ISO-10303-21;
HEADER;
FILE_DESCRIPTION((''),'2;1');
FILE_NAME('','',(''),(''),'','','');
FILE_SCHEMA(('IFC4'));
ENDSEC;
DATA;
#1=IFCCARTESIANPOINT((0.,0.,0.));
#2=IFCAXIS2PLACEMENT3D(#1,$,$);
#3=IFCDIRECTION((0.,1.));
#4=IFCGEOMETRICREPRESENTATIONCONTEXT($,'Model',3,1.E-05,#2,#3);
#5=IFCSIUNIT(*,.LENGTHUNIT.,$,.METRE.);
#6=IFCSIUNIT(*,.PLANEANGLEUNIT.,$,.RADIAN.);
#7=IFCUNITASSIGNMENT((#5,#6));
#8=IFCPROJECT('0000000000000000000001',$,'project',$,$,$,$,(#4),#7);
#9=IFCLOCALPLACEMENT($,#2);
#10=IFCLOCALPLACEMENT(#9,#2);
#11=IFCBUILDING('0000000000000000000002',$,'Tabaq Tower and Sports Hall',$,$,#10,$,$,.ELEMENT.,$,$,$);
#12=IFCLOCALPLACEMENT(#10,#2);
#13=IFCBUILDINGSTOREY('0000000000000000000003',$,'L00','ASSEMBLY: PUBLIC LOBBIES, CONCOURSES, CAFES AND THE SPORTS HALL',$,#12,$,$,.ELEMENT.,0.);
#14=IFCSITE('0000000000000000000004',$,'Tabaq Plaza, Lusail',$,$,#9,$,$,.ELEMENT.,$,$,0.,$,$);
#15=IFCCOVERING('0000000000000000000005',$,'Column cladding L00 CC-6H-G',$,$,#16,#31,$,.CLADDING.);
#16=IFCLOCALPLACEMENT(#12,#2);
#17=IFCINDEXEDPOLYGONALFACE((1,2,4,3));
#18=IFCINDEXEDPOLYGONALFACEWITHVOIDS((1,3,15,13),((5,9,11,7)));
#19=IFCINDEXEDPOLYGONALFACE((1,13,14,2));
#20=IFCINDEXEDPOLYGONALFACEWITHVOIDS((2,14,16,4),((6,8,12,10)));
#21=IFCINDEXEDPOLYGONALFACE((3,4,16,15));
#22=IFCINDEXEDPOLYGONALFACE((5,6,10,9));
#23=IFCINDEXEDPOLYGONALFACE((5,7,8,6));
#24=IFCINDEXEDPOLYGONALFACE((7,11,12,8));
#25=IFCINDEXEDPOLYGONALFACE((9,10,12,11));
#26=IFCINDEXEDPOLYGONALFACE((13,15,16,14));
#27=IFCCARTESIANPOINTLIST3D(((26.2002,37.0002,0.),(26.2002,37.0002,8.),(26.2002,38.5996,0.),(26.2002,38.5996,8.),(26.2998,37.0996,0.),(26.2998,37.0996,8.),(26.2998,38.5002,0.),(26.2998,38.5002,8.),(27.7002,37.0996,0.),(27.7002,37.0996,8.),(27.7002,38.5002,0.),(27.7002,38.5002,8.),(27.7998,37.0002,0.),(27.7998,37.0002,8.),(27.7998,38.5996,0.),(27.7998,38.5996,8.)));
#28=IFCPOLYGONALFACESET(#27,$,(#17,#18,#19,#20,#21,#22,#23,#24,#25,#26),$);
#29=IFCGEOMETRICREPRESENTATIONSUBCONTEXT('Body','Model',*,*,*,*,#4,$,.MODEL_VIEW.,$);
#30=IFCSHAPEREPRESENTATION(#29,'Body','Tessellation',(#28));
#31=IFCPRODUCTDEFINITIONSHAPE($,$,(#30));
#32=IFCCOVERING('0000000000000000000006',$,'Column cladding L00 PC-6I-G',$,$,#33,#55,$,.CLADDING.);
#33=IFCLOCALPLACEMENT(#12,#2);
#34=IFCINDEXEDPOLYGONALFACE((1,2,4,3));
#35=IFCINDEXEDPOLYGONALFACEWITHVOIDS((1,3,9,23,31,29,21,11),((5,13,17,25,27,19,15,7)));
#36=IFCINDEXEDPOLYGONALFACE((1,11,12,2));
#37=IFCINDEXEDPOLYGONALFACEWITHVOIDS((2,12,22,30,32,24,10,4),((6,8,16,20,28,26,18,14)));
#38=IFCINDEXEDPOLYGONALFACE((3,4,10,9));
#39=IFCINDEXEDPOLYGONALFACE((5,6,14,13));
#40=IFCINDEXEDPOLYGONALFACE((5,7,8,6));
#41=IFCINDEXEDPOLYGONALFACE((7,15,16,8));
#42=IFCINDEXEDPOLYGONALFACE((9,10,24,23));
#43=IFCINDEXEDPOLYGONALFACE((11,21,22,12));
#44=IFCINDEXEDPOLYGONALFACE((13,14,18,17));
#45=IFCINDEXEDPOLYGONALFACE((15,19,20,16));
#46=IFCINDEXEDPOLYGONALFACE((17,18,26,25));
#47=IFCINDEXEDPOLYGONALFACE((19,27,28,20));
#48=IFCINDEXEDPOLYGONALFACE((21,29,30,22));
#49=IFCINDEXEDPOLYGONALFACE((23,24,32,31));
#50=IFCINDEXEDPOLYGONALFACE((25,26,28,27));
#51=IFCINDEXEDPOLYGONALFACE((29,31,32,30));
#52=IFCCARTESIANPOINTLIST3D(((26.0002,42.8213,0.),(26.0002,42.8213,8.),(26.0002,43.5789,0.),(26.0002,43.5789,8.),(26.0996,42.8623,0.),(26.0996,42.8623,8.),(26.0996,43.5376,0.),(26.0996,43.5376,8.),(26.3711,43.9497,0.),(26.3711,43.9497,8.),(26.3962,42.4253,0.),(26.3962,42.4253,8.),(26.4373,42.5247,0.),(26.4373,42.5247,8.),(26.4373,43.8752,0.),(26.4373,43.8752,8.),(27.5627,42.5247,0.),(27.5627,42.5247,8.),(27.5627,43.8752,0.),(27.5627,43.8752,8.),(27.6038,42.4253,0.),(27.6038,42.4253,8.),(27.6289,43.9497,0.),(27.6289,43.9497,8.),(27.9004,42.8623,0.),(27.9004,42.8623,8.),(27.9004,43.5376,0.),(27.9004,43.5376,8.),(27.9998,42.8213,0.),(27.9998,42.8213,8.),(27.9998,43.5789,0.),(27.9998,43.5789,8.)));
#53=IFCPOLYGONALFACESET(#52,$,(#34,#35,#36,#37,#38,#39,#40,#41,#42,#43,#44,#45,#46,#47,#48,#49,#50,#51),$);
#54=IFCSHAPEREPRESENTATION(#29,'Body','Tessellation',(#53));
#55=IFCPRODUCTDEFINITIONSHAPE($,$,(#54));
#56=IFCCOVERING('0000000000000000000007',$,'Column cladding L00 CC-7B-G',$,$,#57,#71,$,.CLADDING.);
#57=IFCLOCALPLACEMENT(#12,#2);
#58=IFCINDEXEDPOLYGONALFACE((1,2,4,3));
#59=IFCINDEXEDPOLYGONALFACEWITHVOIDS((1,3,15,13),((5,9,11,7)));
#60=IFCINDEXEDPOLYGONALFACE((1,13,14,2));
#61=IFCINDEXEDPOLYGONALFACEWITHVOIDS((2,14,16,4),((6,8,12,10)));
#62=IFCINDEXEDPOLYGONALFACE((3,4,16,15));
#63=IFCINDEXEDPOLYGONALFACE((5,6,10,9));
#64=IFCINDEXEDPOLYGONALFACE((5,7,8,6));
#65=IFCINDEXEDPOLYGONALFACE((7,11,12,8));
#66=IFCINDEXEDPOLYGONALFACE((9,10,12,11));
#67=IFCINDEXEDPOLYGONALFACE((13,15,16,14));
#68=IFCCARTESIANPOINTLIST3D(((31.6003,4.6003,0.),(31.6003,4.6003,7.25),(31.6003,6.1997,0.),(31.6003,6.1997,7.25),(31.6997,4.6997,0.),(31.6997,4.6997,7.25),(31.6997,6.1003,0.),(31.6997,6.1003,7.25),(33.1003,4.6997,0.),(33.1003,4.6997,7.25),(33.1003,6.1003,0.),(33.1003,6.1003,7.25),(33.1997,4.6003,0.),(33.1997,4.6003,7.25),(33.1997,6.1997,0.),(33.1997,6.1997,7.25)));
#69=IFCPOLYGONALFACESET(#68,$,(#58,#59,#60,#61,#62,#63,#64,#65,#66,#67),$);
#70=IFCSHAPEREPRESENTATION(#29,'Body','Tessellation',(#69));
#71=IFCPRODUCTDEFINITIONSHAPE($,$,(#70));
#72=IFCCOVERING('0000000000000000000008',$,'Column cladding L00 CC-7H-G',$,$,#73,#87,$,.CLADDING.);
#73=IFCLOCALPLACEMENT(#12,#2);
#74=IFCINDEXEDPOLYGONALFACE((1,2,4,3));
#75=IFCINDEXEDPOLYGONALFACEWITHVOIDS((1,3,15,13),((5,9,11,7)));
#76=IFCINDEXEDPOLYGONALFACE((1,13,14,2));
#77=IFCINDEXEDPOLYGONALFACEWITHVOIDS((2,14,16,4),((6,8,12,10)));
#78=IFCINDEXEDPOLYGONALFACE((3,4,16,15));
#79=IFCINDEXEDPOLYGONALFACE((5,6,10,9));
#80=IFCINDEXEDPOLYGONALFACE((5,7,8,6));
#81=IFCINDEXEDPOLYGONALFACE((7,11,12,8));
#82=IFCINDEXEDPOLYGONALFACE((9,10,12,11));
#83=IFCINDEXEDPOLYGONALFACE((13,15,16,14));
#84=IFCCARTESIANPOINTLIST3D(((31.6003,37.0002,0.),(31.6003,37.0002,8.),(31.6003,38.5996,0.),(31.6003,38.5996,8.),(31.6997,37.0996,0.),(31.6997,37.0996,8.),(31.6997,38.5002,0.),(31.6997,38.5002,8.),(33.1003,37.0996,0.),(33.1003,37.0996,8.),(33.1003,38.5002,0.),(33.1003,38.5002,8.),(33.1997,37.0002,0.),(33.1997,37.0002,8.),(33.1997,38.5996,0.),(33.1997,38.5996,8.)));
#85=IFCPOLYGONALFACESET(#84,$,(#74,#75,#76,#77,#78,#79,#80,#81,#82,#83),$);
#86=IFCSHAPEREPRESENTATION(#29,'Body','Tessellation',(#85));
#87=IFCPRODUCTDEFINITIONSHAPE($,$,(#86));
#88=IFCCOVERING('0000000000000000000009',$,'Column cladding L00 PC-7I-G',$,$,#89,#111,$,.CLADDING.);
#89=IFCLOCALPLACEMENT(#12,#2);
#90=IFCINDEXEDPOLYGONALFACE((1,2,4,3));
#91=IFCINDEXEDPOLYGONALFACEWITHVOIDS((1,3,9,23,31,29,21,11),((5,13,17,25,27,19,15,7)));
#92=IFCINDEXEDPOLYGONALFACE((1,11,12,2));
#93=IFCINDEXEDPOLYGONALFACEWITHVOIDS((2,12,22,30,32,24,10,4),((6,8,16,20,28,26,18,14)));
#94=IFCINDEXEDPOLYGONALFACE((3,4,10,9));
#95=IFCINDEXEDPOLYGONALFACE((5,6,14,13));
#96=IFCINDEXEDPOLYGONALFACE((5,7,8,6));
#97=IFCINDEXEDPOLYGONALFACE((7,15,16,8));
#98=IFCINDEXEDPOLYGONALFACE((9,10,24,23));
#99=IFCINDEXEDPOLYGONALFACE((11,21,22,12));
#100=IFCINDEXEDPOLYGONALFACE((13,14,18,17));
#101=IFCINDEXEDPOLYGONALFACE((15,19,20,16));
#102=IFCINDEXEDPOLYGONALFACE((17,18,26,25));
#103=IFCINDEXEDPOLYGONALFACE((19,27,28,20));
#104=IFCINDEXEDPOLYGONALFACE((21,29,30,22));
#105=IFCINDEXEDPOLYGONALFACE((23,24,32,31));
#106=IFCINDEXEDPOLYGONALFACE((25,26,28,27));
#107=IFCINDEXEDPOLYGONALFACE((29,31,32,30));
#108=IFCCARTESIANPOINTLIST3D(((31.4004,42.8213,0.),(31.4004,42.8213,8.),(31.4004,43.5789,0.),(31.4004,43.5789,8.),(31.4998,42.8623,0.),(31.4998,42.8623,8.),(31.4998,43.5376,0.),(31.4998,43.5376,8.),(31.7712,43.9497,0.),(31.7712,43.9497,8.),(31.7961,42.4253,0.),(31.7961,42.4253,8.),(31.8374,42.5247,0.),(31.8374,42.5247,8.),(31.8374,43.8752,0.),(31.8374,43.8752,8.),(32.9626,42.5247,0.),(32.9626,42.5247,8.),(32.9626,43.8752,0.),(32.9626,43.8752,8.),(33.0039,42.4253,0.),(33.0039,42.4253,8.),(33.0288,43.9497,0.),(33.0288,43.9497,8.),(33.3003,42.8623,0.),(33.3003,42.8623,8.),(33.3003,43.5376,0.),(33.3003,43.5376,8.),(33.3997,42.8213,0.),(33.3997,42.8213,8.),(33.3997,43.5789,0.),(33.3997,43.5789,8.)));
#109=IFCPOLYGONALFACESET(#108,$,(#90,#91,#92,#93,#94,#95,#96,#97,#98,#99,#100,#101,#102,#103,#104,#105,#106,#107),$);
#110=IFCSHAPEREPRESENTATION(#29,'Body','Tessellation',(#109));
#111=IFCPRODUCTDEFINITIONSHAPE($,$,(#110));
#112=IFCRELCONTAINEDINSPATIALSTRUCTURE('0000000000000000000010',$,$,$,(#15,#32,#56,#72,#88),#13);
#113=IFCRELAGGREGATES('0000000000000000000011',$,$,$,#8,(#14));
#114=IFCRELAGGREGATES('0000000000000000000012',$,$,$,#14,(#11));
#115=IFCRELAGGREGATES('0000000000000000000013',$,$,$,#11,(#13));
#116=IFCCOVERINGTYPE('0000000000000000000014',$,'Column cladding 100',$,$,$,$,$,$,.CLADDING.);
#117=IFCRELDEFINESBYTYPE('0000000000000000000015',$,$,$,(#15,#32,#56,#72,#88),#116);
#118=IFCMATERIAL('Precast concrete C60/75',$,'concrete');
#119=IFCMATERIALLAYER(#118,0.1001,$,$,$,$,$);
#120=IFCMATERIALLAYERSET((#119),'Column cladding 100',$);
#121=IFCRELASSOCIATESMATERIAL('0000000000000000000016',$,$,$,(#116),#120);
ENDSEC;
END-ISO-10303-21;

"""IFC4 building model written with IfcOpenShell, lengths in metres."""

from ifc_helpers import new_model, si_unit, direction, origin, place, context, subcontext, project, spatial, polyline, outline, extrude, material, layer, layer_set, type_object, element, save


model = new_model("IFC4")

# Units and contexts
model_context = context("Model", 3, precision=1e-05, world=origin(), true_north=direction((0.0, 1.0)))
body_context = subcontext(model_context, "Body", "Model", "MODEL_VIEW")
ifc_project = project(units=[si_unit("LENGTHUNIT", "METRE"), si_unit("PLANEANGLEUNIT", "RADIAN")], contexts=[model_context])

# Site, building, storey
site_placement = place(None, origin())
site = spatial("IfcSite", under=ifc_project, at=site_placement, Name="Tabaq Plaza, Lusail", CompositionType="ELEMENT", RefElevation=0.0)
building_placement = place(site_placement, origin())
building = spatial("IfcBuilding", under=site, at=building_placement, Name="Tabaq Tower and Sports Hall", CompositionType="ELEMENT")
storey_placement = place(building_placement, origin())
storey = spatial("IfcBuildingStorey", under=building, at=storey_placement, Name="L00", Description="ASSEMBLY: PUBLIC LOBBIES, CONCOURSES, CAFES AND THE SPORTS HALL", CompositionType="ELEMENT", Elevation=0.0)

# Coverings
ifc_material = material(Name="Precast concrete C60/75", Category="concrete")
ifc_layer = layer(ifc_material, 0.1001)
ifc_layer_set = layer_set([ifc_layer], Name="Column cladding 100")
covering_type = type_object("IfcCoveringType", Name="Column cladding 100", PredefinedType="CLADDING", material=ifc_layer_set)
covering_1_placement = place(storey_placement, origin())
element("IfcCovering", 1, at=covering_1_placement, inside=storey, type_object=covering_type, Name="Column cladding L00 CC-6H-G", PredefinedType="CLADDING", context=body_context, shape_type="SweptSolid", body=[
    extrude(outline(polyline([(26.2002, 38.5996), (27.7998, 38.5996), (27.7998, 37.0002), (26.2002, 37.0002), (26.2002, 38.5996)]), holes=[polyline([(27.7002, 37.0996), (27.7002, 38.5002), (26.2998, 38.5002), (26.2998, 37.0996), (27.7002, 37.0996)])]), origin(), (0.0, 0.0, 1.0), 8.0),
])
covering_2_placement = place(storey_placement, origin())
element("IfcCovering", 2, at=covering_2_placement, inside=storey, type_object=covering_type, Name="Column cladding L00 PC-6I-G", PredefinedType="CLADDING", context=body_context, shape_type="SweptSolid", body=[
    extrude(outline(polyline([(26.0002, 43.5789), (26.3711, 43.9497), (27.6289, 43.9497), (27.9998, 43.5789), (27.9998, 42.8213), (27.6038, 42.4253), (26.3962, 42.4253), (26.0002, 42.8213), (26.0002, 43.5789)]), holes=[polyline([(27.9004, 42.8623), (27.9004, 43.5376), (27.5627, 43.8752), (26.4373, 43.8752), (26.0996, 43.5376), (26.0996, 42.8623), (26.4373, 42.5247), (27.5627, 42.5247), (27.9004, 42.8623)])]), origin(), (0.0, 0.0, 1.0), 8.0),
])
covering_3_placement = place(storey_placement, origin())
element("IfcCovering", 3, at=covering_3_placement, inside=storey, type_object=covering_type, Name="Column cladding L00 CC-7B-G", PredefinedType="CLADDING", context=body_context, shape_type="SweptSolid", body=[
    extrude(outline(polyline([(31.6003, 6.1997), (33.1997, 6.1997), (33.1997, 4.6003), (31.6003, 4.6003), (31.6003, 6.1997)]), holes=[polyline([(33.1003, 4.6997), (33.1003, 6.1003), (31.6997, 6.1003), (31.6997, 4.6997), (33.1003, 4.6997)])]), origin(), (0.0, 0.0, 1.0), 7.25),
])
covering_4_placement = place(storey_placement, origin())
element("IfcCovering", 4, at=covering_4_placement, inside=storey, type_object=covering_type, Name="Column cladding L00 CC-7H-G", PredefinedType="CLADDING", context=body_context, shape_type="SweptSolid", body=[
    extrude(outline(polyline([(31.6003, 38.5996), (33.1997, 38.5996), (33.1997, 37.0002), (31.6003, 37.0002), (31.6003, 38.5996)]), holes=[polyline([(33.1003, 37.0996), (33.1003, 38.5002), (31.6997, 38.5002), (31.6997, 37.0996), (33.1003, 37.0996)])]), origin(), (0.0, 0.0, 1.0), 8.0),
])
covering_5_placement = place(storey_placement, origin())
element("IfcCovering", 5, at=covering_5_placement, inside=storey, type_object=covering_type, Name="Column cladding L00 PC-7I-G", PredefinedType="CLADDING", context=body_context, shape_type="SweptSolid", body=[
    extrude(outline(polyline([(31.4004, 43.5789), (31.7712, 43.9497), (33.0288, 43.9497), (33.3997, 43.5789), (33.3997, 42.8213), (33.0039, 42.4253), (31.7961, 42.4253), (31.4004, 42.8213), (31.4004, 43.5789)]), holes=[polyline([(33.3003, 42.8623), (33.3003, 43.5376), (32.9626, 43.8752), (31.8374, 43.8752), (31.4998, 43.5376), (31.4998, 42.8623), (31.8374, 42.5247), (32.9626, 42.5247), (33.3003, 42.8623)])]), origin(), (0.0, 0.0, 1.0), 8.0),
])

save(model, "model.ifc")
